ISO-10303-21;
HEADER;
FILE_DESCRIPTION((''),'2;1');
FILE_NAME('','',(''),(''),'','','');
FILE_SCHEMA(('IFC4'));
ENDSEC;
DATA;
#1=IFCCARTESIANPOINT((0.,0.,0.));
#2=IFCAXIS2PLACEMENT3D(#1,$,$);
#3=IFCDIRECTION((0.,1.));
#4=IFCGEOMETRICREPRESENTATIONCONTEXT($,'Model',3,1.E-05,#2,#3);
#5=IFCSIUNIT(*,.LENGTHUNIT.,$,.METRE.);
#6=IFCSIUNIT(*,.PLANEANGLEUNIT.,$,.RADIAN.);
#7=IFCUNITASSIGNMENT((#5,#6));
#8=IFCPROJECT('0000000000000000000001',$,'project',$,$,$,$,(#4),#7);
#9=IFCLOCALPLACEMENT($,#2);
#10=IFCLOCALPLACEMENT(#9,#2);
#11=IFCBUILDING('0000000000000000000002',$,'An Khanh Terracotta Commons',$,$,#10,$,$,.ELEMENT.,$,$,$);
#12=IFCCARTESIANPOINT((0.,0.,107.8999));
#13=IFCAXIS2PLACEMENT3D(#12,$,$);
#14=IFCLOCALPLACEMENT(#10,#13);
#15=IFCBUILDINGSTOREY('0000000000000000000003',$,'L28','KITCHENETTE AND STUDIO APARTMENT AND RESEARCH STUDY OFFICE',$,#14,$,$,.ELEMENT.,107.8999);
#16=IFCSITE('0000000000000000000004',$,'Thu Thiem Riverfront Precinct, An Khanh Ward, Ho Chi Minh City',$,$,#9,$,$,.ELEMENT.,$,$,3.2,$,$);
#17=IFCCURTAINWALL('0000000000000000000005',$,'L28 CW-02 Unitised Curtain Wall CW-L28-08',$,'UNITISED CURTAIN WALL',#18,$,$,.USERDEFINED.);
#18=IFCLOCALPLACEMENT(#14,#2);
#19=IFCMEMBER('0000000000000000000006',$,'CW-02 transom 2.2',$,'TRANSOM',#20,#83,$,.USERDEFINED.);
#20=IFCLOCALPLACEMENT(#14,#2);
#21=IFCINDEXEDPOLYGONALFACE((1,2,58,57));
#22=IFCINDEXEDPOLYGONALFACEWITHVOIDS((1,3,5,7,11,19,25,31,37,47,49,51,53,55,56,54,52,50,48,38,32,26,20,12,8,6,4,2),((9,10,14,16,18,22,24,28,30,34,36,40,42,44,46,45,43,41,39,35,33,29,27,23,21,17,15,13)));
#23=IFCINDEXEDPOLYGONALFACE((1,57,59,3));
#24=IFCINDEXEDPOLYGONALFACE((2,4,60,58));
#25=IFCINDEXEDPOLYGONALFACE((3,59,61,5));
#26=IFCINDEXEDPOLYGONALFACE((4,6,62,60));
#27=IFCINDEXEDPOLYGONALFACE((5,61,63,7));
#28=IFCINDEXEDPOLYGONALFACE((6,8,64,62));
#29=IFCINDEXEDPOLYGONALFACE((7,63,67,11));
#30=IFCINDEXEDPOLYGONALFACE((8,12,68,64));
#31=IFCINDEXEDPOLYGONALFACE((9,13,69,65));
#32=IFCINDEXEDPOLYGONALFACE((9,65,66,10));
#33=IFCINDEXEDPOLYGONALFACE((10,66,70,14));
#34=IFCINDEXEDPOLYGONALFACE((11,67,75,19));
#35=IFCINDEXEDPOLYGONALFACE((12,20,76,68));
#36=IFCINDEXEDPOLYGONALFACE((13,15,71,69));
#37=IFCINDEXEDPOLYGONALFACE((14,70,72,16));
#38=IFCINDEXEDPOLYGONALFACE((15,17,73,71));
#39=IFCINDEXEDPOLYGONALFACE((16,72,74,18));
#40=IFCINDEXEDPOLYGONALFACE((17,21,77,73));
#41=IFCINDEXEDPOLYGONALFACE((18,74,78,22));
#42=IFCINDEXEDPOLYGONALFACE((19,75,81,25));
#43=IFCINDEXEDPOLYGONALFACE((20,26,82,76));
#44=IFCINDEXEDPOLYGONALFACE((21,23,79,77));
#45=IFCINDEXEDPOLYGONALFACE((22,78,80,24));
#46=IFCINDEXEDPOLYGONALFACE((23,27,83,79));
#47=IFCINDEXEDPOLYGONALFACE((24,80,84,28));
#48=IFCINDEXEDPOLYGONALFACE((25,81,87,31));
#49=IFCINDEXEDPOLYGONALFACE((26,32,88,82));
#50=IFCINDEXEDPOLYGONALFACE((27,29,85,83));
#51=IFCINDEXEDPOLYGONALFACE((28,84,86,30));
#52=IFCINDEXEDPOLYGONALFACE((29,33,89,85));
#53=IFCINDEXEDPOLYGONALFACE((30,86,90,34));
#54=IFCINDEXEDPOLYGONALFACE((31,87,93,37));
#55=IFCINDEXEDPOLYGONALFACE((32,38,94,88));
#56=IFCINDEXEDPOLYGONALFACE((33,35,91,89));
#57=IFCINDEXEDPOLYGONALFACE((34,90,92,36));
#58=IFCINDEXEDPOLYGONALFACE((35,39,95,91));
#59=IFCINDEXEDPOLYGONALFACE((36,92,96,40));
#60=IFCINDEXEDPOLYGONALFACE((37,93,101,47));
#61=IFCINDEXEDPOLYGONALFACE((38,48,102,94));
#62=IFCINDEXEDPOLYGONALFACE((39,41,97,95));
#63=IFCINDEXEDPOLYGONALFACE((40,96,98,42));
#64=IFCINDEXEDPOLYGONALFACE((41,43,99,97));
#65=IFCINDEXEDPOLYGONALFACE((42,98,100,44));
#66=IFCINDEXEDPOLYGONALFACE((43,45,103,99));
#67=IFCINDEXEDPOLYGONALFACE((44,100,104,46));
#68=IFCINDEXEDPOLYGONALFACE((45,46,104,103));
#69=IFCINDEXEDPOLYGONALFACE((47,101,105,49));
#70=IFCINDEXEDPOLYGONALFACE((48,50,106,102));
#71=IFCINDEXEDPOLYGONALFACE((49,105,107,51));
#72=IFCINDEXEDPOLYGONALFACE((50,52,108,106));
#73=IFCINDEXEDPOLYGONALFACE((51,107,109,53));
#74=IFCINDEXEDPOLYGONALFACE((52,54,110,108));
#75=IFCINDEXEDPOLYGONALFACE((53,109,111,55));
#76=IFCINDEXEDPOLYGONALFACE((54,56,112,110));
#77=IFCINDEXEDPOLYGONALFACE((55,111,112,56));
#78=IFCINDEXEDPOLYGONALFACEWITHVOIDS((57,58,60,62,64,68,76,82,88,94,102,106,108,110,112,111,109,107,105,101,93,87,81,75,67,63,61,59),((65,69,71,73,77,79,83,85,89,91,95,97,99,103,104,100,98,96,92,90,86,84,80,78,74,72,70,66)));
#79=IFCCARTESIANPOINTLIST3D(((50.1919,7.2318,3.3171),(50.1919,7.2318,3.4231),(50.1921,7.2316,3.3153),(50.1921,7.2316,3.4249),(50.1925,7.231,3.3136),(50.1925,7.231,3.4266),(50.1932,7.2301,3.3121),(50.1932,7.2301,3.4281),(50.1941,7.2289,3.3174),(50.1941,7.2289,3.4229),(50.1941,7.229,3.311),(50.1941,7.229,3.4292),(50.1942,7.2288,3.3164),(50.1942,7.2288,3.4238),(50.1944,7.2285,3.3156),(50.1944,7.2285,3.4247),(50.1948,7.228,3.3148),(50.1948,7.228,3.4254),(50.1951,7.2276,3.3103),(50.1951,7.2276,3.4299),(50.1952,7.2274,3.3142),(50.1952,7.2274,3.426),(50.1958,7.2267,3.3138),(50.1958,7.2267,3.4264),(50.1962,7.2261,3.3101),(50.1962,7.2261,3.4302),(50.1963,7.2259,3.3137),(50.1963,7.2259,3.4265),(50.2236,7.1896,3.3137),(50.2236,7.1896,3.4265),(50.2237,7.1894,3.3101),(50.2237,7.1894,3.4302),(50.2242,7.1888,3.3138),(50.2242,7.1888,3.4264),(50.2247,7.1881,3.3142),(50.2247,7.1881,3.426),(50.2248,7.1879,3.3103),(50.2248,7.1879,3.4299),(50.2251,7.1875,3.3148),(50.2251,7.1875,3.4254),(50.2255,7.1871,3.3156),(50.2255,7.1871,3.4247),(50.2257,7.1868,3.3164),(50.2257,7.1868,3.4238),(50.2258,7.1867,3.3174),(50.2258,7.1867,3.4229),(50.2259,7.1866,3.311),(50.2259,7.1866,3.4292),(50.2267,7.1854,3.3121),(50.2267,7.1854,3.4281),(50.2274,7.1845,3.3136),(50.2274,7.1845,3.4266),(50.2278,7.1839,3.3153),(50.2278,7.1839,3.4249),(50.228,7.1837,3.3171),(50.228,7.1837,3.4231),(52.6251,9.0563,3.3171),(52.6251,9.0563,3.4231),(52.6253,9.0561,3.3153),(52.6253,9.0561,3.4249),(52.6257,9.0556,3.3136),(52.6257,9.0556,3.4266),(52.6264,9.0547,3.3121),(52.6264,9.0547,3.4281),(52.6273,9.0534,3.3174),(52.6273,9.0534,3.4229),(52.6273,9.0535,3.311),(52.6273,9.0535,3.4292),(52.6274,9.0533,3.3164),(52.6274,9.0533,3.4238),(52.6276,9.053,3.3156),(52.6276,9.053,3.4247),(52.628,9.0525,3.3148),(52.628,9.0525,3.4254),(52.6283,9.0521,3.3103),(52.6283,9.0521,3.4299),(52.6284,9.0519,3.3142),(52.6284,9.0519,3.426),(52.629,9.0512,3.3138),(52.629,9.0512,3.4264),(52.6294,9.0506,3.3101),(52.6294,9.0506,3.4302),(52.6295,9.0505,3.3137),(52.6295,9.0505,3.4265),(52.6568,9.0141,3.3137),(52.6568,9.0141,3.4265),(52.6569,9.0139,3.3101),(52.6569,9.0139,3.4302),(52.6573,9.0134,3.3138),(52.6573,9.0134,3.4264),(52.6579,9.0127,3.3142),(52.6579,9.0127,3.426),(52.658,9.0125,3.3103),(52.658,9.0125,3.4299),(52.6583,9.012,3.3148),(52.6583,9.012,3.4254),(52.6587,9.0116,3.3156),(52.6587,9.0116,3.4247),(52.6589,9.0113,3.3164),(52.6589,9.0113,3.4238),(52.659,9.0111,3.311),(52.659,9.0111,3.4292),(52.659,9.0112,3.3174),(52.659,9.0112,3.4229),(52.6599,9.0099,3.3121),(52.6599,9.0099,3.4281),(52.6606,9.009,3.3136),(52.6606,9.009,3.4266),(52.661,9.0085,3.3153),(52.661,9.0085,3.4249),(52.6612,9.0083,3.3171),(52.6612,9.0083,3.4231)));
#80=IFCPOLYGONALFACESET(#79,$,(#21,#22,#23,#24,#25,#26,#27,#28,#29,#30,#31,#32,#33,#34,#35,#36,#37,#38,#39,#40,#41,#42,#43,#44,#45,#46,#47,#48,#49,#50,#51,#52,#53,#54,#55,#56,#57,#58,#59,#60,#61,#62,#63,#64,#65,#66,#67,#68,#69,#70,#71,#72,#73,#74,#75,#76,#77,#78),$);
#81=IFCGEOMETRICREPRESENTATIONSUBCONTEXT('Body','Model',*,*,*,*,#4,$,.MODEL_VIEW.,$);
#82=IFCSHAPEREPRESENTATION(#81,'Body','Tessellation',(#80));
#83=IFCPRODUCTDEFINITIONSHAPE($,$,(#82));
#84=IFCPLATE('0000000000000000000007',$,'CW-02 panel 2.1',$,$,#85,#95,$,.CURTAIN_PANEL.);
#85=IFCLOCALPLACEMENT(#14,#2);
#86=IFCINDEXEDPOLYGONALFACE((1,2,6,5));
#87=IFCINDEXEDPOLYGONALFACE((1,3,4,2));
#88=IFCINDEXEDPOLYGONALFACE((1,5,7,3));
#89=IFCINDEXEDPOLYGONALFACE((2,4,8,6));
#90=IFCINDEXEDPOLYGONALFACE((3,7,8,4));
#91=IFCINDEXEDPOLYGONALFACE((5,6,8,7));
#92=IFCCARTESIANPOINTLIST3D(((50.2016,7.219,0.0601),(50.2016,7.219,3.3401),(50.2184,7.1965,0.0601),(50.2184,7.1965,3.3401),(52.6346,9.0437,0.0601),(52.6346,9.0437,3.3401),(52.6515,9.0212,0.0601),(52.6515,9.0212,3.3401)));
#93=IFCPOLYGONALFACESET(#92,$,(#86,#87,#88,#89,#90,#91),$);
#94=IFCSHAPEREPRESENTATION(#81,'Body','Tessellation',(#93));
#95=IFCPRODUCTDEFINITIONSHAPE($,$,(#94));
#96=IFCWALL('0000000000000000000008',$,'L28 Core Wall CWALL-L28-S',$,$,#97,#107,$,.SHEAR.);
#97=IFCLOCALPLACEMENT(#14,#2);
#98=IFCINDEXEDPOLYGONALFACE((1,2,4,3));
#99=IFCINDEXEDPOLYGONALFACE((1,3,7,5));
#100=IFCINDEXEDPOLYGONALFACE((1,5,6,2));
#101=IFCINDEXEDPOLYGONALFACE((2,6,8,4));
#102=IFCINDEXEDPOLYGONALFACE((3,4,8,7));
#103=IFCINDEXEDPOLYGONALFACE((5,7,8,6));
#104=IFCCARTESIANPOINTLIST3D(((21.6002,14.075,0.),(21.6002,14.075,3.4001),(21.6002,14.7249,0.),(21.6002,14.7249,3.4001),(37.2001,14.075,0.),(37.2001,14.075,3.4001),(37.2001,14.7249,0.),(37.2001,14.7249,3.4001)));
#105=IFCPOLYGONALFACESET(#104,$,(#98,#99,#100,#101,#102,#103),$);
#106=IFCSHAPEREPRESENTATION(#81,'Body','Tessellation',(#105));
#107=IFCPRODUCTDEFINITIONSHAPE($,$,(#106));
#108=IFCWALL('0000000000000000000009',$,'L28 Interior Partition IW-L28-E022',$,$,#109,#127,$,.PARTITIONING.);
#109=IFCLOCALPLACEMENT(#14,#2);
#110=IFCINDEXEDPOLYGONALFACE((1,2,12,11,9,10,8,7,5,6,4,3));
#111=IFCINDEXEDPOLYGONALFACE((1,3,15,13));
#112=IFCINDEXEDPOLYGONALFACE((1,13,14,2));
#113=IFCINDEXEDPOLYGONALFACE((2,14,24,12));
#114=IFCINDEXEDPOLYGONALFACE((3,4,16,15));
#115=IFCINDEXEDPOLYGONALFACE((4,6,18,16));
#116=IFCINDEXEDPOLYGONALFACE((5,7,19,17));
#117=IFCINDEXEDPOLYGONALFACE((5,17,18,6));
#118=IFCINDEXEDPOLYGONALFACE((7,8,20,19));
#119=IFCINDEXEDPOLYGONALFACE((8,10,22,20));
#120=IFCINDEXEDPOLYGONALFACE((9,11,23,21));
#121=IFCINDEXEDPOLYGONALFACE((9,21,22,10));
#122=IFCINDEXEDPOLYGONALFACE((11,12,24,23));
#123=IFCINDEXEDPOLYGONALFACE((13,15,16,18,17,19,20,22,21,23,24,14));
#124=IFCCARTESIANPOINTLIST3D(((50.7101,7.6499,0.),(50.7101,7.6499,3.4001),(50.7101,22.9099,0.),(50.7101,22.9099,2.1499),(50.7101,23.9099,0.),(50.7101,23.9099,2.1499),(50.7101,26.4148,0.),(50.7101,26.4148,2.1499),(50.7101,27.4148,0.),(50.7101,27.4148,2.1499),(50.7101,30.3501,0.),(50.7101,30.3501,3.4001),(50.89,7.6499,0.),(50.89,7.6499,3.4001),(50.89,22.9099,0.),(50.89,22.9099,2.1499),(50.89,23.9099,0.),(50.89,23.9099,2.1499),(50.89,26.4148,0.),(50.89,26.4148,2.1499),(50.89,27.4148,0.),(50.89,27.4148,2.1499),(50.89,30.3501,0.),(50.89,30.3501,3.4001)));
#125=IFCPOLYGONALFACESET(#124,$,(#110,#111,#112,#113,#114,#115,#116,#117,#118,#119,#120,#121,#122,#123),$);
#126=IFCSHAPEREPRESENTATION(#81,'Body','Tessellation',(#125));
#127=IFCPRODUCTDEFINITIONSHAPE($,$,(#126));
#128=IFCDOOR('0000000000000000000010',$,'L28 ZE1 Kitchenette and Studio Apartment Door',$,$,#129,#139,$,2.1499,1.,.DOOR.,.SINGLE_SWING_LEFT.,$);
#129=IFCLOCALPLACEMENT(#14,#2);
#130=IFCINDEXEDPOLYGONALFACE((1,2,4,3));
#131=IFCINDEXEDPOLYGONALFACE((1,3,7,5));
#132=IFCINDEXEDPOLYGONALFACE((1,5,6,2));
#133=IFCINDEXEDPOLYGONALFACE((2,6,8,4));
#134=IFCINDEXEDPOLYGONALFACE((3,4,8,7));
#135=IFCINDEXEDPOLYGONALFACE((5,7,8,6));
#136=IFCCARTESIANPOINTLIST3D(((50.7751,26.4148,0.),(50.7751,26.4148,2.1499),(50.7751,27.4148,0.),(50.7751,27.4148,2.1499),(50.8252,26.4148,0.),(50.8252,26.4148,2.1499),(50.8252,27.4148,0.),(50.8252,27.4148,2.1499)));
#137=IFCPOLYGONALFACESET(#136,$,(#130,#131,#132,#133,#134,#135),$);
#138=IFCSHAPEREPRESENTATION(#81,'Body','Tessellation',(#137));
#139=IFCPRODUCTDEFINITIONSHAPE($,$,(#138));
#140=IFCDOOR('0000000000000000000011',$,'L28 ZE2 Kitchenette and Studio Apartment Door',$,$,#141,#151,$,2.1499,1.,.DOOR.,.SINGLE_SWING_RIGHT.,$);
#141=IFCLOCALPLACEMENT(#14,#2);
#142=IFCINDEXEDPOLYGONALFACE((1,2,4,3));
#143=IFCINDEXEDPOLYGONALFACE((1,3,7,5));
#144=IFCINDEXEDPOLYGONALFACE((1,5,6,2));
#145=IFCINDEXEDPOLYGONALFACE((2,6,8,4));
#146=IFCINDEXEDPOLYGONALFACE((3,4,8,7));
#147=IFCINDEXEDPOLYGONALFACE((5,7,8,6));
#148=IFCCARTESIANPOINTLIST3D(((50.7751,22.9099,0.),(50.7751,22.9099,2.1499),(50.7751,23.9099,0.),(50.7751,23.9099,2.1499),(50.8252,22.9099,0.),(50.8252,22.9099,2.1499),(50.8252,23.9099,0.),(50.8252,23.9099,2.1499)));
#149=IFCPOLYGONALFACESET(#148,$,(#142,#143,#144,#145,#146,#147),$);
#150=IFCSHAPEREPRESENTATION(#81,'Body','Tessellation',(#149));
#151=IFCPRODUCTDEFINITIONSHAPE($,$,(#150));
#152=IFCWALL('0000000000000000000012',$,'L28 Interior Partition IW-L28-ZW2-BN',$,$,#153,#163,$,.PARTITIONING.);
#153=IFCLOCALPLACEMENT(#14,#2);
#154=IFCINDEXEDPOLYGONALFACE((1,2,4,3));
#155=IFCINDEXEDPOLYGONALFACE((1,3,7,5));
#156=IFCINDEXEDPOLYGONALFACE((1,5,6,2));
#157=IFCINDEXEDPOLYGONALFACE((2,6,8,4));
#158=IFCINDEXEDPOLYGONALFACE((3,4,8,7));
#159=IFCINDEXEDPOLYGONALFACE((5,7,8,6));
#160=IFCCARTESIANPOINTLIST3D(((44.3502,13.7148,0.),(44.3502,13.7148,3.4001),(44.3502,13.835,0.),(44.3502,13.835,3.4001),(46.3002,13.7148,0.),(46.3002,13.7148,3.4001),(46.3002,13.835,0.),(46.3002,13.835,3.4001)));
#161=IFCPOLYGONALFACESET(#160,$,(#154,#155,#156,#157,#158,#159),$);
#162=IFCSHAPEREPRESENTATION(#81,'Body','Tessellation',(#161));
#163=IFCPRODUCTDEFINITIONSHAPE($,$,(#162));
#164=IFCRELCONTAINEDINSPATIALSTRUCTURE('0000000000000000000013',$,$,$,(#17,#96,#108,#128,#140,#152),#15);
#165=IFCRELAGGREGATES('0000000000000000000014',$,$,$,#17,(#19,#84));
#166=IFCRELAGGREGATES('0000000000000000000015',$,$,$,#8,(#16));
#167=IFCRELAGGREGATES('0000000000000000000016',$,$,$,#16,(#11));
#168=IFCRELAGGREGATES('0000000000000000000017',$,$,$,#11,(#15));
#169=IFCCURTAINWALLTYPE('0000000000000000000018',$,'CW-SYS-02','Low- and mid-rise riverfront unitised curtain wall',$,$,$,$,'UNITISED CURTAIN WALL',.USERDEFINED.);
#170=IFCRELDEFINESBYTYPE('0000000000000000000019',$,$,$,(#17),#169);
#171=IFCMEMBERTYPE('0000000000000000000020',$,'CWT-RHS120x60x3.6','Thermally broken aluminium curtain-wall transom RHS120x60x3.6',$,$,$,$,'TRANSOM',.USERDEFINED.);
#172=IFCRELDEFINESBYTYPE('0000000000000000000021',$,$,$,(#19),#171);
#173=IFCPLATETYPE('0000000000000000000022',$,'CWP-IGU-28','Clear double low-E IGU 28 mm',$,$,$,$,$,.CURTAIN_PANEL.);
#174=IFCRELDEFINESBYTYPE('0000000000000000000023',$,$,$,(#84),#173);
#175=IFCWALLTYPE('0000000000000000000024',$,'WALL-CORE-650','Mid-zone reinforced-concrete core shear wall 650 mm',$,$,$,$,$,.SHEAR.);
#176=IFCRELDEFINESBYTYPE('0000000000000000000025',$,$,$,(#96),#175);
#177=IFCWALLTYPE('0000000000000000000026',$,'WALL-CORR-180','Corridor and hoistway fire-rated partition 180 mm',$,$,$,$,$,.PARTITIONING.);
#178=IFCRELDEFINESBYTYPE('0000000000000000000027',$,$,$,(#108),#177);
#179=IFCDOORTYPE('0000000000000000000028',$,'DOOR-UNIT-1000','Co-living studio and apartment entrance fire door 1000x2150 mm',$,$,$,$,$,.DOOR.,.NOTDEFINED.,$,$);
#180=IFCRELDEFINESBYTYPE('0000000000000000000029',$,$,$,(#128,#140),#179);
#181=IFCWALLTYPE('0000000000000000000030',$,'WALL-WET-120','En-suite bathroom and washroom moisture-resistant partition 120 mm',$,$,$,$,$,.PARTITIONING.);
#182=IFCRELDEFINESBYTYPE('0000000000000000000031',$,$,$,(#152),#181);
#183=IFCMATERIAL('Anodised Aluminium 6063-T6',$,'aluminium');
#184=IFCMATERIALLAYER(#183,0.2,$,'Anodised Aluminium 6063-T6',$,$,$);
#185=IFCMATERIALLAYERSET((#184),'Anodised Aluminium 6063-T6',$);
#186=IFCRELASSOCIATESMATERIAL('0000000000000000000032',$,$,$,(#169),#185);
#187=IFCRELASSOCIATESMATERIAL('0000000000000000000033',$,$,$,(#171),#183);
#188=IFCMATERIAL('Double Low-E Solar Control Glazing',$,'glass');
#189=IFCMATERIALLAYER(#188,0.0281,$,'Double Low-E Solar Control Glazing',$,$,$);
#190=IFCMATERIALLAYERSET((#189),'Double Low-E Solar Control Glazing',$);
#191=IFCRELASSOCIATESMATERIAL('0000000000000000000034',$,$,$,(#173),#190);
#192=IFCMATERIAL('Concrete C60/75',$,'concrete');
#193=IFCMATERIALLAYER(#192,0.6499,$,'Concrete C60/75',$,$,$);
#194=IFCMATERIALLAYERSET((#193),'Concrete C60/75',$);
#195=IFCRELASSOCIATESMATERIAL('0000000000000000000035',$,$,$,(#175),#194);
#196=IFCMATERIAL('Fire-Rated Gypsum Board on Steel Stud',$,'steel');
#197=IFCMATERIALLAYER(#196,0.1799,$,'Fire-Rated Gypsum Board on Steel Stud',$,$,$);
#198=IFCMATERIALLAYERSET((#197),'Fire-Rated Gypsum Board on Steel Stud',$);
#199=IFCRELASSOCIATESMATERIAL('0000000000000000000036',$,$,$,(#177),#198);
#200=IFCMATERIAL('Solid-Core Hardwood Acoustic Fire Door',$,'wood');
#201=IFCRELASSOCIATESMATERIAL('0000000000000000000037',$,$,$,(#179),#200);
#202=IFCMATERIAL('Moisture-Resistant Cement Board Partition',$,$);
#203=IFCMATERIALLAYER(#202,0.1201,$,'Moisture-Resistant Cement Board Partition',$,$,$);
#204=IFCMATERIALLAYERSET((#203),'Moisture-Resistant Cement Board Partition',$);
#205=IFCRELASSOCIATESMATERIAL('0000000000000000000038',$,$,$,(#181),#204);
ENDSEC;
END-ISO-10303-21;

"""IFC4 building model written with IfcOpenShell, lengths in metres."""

from ifc_helpers import new_model, si_unit, direction, frame, frame_2d, origin, origin_2d, place, context, subcontext, project, spatial, rectangle, hollow_rectangle, extrude, material, layer, layer_set, material_profile, profile_set, type_object, element, fill, aggregate, save


model = new_model("IFC4")

# Units and contexts
model_context = context("Model", 3, precision=1e-05, world=origin(), true_north=direction((0.0, 1.0)))
body_context = subcontext(model_context, "Body", "Model", "MODEL_VIEW")
ifc_project = project(units=[si_unit("LENGTHUNIT", "METRE"), si_unit("PLANEANGLEUNIT", "RADIAN")], contexts=[model_context])

# Site, building, storey
site_placement = place(None, origin())
site = spatial("IfcSite", under=ifc_project, at=site_placement, Name="Thu Thiem Riverfront Precinct, An Khanh Ward, Ho Chi Minh City", CompositionType="ELEMENT", RefElevation=3.2)
building_placement = place(site_placement, origin())
building = spatial("IfcBuilding", under=site, at=building_placement, Name="An Khanh Terracotta Commons", CompositionType="ELEMENT")
storey_placement = place(building_placement, frame((0.0, 0.0, 107.8999)))
storey = spatial("IfcBuildingStorey", under=building, at=storey_placement, Name="L28", Description="KITCHENETTE AND STUDIO APARTMENT AND RESEARCH STUDY OFFICE", CompositionType="ELEMENT", Elevation=107.8999)

# Curtain wall, member, plate
ifc_material_1 = material(Name="Anodised Aluminium 6063-T6", Category="aluminium")
ifc_layer_1 = layer(ifc_material_1, 0.2, Name="Anodised Aluminium 6063-T6")
ifc_layer_set_1 = layer_set([ifc_layer_1], Name="Anodised Aluminium 6063-T6")
curtain_wall_type = type_object("IfcCurtainWallType", Name="CW-SYS-02", Description="Low- and mid-rise riverfront unitised curtain wall", ElementType="UNITISED CURTAIN WALL", PredefinedType="USERDEFINED", material=ifc_layer_set_1)
curtain_wall_placement = place(storey_placement, origin())
curtain_wall = element("IfcCurtainWall", 1, at=curtain_wall_placement, inside=storey, type_object=curtain_wall_type, Name="L28 CW-02 Unitised Curtain Wall CW-L28-08", ObjectType="UNITISED CURTAIN WALL", PredefinedType="USERDEFINED")
ifc_material_profile_1 = material_profile(ifc_material_1, hollow_rectangle(XDim=0.0601, YDim=0.1201, WallThickness=0.0037, InnerFilletRadius=0.0037, OuterFilletRadius=0.0071, at=origin_2d()), Name="RHS120x60x3.6")
ifc_profile_set_1 = profile_set([ifc_material_profile_1], Name="Anodised Aluminium 6063-T6")
member_type = type_object("IfcMemberType", Name="CWT-RHS120x60x3.6", Description="Thermally broken aluminium curtain-wall transom RHS120x60x3.6", ElementType="TRANSOM", PredefinedType="USERDEFINED", material=ifc_profile_set_1)
member_placement = place(storey_placement, frame((50.21, 7.2078, 3.3701), z_axis=(0.800058, 0.599923, 0.0), x_axis=(-0.599923, 0.800058, 0.0)))
member = element("IfcMember", 2, at=member_placement, type_object=member_type, Name="CW-02 transom 2.2", ObjectType="TRANSOM", PredefinedType="USERDEFINED", context=body_context, shape_type="SweptSolid", body=[
    extrude(hollow_rectangle(XDim=0.0601, YDim=0.1201, WallThickness=0.0037, InnerFilletRadius=0.0037, OuterFilletRadius=0.0071, at=origin_2d()), origin(), (0.0, 0.0, 1.0), 3.0413),
])
ifc_material_2 = material(Name="Double Low-E Solar Control Glazing", Category="glass")
ifc_layer_2 = layer(ifc_material_2, 0.0281, Name="Double Low-E Solar Control Glazing")
ifc_layer_set_2 = layer_set([ifc_layer_2], Name="Double Low-E Solar Control Glazing")
plate_type = type_object("IfcPlateType", Name="CWP-IGU-28", Description="Clear double low-E IGU 28 mm", PredefinedType="CURTAIN_PANEL", material=ifc_layer_set_2)
plate_placement = place(storey_placement, frame((51.4265, 8.1201, 0.0601), z_axis=(0.0, 0.0, 1.0), x_axis=(0.800013, 0.599983, 0.0)))
plate = element("IfcPlate", 3, at=plate_placement, type_object=plate_type, Name="CW-02 panel 2.1", PredefinedType="CURTAIN_PANEL", context=body_context, shape_type="SweptSolid", body=[
    extrude(rectangle(XDim=3.0413, YDim=0.0281, at=origin_2d()), origin(), (0.0, 0.0, 1.0), 3.28),
])
aggregate(curtain_wall, [member, plate])

# Wall
ifc_material_3 = material(Name="Concrete C60/75", Category="concrete")
ifc_layer_3 = layer(ifc_material_3, 0.6499, Name="Concrete C60/75")
ifc_layer_set_3 = layer_set([ifc_layer_3], Name="Concrete C60/75")
wall_type_1 = type_object("IfcWallType", Name="WALL-CORE-650", Description="Mid-zone reinforced-concrete core shear wall 650 mm", PredefinedType="SHEAR", material=ifc_layer_set_3)
wall_1_placement = place(storey_placement, frame((37.2, 14.3999, 0.0), z_axis=(0.0, 0.0, 1.0), x_axis=(-1.0, 0.0, 0.0)))
element("IfcWall", 4, at=wall_1_placement, inside=storey, type_object=wall_type_1, Name="L28 Core Wall CWALL-L28-S", PredefinedType="SHEAR", context=body_context, shape_type="SweptSolid", body=[
    extrude(rectangle(XDim=15.5999, YDim=0.6499, at=frame_2d((7.7998, 0.0))), origin(), (0.0, 0.0, 1.0), 3.4001),
])

# Wall, openings, doors
ifc_material_4 = material(Name="Fire-Rated Gypsum Board on Steel Stud", Category="steel")
ifc_layer_4 = layer(ifc_material_4, 0.1799, Name="Fire-Rated Gypsum Board on Steel Stud")
ifc_layer_set_4 = layer_set([ifc_layer_4], Name="Fire-Rated Gypsum Board on Steel Stud")
wall_type_2 = type_object("IfcWallType", Name="WALL-CORR-180", Description="Corridor and hoistway fire-rated partition 180 mm", PredefinedType="PARTITIONING", material=ifc_layer_set_4)
wall_2_placement = place(storey_placement, frame((50.8, 7.6499, 0.0), z_axis=(0.0, 0.0, 1.0), x_axis=(0.0, 1.0, 0.0)))
wall_2 = element("IfcWall", 5, at=wall_2_placement, inside=storey, type_object=wall_type_2, Name="L28 Interior Partition IW-L28-E022", PredefinedType="PARTITIONING", context=body_context, shape_type="SweptSolid", body=[
    extrude(rectangle(XDim=22.7002, YDim=0.1799, at=frame_2d((11.3501, 0.0))), origin(), (0.0, 0.0, 1.0), 3.4001),
])
opening_1_placement = place(wall_2_placement, frame((18.7649, 0.0, 0.0)))
opening_1 = element("IfcOpeningElement", 6, at=opening_1_placement, cuts=wall_2, PredefinedType="OPENING", context=body_context, shape_type="SweptSolid", body=[
    extrude(rectangle(XDim=1.0, YDim=2.1499, at=frame_2d((0.5, 1.075))), frame((0.0, 0.0999, 0.0), z_axis=(0.0, -1.0, 0.0), x_axis=(1.0, 0.0, 0.0)), (0.0, 0.0, 1.0), 0.2),
])
opening_2_placement = place(wall_2_placement, frame((15.26, 0.0, 0.0)))
opening_2 = element("IfcOpeningElement", 7, at=opening_2_placement, cuts=wall_2, PredefinedType="OPENING", context=body_context, shape_type="SweptSolid", body=[
    extrude(rectangle(XDim=1.0, YDim=2.1499, at=frame_2d((0.5, 1.075))), frame((0.0, 0.0999, 0.0), z_axis=(0.0, -1.0, 0.0), x_axis=(1.0, 0.0, 0.0)), (0.0, 0.0, 1.0), 0.2),
])
ifc_material_5 = material(Name="Solid-Core Hardwood Acoustic Fire Door", Category="wood")
door_type_1 = type_object("IfcDoorType", Name="DOOR-UNIT-1000", Description="Co-living studio and apartment entrance fire door 1000x2150 mm", OperationType="NOTDEFINED", PredefinedType="DOOR", material=ifc_material_5)
door_1_placement = place(opening_1_placement, origin())
door_1 = element("IfcDoor", 8, at=door_1_placement, inside=storey, type_object=door_type_1, Name="L28 ZE1 Kitchenette and Studio Apartment Door", OperationType="SINGLE_SWING_LEFT", OverallHeight=2.1499, OverallWidth=1.0, PredefinedType="DOOR", context=body_context, shape_type="SweptSolid", body=[
    extrude(rectangle(XDim=1.0, YDim=2.1499, at=frame_2d((0.5, 1.075))), frame((0.0, 0.0249, 0.0), z_axis=(0.0, -1.0, 0.0), x_axis=(1.0, 0.0, 0.0)), (0.0, 0.0, 1.0), 0.05),
])
fill(opening_1, door_1)
door_2_placement = place(opening_2_placement, origin())
door_2 = element("IfcDoor", 9, at=door_2_placement, inside=storey, type_object=door_type_1, Name="L28 ZE2 Kitchenette and Studio Apartment Door", OperationType="SINGLE_SWING_RIGHT", OverallHeight=2.1499, OverallWidth=1.0, PredefinedType="DOOR", context=body_context, shape_type="SweptSolid", body=[
    extrude(rectangle(XDim=1.0, YDim=2.1499, at=frame_2d((0.5, 1.075))), frame((0.0, 0.0249, 0.0), z_axis=(0.0, -1.0, 0.0), x_axis=(1.0, 0.0, 0.0)), (0.0, 0.0, 1.0), 0.05),
])
fill(opening_2, door_2)

# Wall
ifc_material_6 = material(Name="Moisture-Resistant Cement Board Partition")
ifc_layer_5 = layer(ifc_material_6, 0.1201, Name="Moisture-Resistant Cement Board Partition")
ifc_layer_set_5 = layer_set([ifc_layer_5], Name="Moisture-Resistant Cement Board Partition")
wall_type_3 = type_object("IfcWallType", Name="WALL-WET-120", Description="En-suite bathroom and washroom moisture-resistant partition 120 mm", PredefinedType="PARTITIONING", material=ifc_layer_set_5)
wall_3_placement = place(storey_placement, frame((44.3501, 13.7749, 0.0), z_axis=(0.0, 0.0, 1.0), x_axis=(1.0, 0.0, 0.0)))
element("IfcWall", 10, at=wall_3_placement, inside=storey, type_object=wall_type_3, Name="L28 Interior Partition IW-L28-ZW2-BN", PredefinedType="PARTITIONING", context=body_context, shape_type="SweptSolid", body=[
    extrude(rectangle(XDim=1.95, YDim=0.1201, at=frame_2d((0.9751, 0.0))), origin(), (0.0, 0.0, 1.0), 3.4001),
])

save(model, "model.ifc")
